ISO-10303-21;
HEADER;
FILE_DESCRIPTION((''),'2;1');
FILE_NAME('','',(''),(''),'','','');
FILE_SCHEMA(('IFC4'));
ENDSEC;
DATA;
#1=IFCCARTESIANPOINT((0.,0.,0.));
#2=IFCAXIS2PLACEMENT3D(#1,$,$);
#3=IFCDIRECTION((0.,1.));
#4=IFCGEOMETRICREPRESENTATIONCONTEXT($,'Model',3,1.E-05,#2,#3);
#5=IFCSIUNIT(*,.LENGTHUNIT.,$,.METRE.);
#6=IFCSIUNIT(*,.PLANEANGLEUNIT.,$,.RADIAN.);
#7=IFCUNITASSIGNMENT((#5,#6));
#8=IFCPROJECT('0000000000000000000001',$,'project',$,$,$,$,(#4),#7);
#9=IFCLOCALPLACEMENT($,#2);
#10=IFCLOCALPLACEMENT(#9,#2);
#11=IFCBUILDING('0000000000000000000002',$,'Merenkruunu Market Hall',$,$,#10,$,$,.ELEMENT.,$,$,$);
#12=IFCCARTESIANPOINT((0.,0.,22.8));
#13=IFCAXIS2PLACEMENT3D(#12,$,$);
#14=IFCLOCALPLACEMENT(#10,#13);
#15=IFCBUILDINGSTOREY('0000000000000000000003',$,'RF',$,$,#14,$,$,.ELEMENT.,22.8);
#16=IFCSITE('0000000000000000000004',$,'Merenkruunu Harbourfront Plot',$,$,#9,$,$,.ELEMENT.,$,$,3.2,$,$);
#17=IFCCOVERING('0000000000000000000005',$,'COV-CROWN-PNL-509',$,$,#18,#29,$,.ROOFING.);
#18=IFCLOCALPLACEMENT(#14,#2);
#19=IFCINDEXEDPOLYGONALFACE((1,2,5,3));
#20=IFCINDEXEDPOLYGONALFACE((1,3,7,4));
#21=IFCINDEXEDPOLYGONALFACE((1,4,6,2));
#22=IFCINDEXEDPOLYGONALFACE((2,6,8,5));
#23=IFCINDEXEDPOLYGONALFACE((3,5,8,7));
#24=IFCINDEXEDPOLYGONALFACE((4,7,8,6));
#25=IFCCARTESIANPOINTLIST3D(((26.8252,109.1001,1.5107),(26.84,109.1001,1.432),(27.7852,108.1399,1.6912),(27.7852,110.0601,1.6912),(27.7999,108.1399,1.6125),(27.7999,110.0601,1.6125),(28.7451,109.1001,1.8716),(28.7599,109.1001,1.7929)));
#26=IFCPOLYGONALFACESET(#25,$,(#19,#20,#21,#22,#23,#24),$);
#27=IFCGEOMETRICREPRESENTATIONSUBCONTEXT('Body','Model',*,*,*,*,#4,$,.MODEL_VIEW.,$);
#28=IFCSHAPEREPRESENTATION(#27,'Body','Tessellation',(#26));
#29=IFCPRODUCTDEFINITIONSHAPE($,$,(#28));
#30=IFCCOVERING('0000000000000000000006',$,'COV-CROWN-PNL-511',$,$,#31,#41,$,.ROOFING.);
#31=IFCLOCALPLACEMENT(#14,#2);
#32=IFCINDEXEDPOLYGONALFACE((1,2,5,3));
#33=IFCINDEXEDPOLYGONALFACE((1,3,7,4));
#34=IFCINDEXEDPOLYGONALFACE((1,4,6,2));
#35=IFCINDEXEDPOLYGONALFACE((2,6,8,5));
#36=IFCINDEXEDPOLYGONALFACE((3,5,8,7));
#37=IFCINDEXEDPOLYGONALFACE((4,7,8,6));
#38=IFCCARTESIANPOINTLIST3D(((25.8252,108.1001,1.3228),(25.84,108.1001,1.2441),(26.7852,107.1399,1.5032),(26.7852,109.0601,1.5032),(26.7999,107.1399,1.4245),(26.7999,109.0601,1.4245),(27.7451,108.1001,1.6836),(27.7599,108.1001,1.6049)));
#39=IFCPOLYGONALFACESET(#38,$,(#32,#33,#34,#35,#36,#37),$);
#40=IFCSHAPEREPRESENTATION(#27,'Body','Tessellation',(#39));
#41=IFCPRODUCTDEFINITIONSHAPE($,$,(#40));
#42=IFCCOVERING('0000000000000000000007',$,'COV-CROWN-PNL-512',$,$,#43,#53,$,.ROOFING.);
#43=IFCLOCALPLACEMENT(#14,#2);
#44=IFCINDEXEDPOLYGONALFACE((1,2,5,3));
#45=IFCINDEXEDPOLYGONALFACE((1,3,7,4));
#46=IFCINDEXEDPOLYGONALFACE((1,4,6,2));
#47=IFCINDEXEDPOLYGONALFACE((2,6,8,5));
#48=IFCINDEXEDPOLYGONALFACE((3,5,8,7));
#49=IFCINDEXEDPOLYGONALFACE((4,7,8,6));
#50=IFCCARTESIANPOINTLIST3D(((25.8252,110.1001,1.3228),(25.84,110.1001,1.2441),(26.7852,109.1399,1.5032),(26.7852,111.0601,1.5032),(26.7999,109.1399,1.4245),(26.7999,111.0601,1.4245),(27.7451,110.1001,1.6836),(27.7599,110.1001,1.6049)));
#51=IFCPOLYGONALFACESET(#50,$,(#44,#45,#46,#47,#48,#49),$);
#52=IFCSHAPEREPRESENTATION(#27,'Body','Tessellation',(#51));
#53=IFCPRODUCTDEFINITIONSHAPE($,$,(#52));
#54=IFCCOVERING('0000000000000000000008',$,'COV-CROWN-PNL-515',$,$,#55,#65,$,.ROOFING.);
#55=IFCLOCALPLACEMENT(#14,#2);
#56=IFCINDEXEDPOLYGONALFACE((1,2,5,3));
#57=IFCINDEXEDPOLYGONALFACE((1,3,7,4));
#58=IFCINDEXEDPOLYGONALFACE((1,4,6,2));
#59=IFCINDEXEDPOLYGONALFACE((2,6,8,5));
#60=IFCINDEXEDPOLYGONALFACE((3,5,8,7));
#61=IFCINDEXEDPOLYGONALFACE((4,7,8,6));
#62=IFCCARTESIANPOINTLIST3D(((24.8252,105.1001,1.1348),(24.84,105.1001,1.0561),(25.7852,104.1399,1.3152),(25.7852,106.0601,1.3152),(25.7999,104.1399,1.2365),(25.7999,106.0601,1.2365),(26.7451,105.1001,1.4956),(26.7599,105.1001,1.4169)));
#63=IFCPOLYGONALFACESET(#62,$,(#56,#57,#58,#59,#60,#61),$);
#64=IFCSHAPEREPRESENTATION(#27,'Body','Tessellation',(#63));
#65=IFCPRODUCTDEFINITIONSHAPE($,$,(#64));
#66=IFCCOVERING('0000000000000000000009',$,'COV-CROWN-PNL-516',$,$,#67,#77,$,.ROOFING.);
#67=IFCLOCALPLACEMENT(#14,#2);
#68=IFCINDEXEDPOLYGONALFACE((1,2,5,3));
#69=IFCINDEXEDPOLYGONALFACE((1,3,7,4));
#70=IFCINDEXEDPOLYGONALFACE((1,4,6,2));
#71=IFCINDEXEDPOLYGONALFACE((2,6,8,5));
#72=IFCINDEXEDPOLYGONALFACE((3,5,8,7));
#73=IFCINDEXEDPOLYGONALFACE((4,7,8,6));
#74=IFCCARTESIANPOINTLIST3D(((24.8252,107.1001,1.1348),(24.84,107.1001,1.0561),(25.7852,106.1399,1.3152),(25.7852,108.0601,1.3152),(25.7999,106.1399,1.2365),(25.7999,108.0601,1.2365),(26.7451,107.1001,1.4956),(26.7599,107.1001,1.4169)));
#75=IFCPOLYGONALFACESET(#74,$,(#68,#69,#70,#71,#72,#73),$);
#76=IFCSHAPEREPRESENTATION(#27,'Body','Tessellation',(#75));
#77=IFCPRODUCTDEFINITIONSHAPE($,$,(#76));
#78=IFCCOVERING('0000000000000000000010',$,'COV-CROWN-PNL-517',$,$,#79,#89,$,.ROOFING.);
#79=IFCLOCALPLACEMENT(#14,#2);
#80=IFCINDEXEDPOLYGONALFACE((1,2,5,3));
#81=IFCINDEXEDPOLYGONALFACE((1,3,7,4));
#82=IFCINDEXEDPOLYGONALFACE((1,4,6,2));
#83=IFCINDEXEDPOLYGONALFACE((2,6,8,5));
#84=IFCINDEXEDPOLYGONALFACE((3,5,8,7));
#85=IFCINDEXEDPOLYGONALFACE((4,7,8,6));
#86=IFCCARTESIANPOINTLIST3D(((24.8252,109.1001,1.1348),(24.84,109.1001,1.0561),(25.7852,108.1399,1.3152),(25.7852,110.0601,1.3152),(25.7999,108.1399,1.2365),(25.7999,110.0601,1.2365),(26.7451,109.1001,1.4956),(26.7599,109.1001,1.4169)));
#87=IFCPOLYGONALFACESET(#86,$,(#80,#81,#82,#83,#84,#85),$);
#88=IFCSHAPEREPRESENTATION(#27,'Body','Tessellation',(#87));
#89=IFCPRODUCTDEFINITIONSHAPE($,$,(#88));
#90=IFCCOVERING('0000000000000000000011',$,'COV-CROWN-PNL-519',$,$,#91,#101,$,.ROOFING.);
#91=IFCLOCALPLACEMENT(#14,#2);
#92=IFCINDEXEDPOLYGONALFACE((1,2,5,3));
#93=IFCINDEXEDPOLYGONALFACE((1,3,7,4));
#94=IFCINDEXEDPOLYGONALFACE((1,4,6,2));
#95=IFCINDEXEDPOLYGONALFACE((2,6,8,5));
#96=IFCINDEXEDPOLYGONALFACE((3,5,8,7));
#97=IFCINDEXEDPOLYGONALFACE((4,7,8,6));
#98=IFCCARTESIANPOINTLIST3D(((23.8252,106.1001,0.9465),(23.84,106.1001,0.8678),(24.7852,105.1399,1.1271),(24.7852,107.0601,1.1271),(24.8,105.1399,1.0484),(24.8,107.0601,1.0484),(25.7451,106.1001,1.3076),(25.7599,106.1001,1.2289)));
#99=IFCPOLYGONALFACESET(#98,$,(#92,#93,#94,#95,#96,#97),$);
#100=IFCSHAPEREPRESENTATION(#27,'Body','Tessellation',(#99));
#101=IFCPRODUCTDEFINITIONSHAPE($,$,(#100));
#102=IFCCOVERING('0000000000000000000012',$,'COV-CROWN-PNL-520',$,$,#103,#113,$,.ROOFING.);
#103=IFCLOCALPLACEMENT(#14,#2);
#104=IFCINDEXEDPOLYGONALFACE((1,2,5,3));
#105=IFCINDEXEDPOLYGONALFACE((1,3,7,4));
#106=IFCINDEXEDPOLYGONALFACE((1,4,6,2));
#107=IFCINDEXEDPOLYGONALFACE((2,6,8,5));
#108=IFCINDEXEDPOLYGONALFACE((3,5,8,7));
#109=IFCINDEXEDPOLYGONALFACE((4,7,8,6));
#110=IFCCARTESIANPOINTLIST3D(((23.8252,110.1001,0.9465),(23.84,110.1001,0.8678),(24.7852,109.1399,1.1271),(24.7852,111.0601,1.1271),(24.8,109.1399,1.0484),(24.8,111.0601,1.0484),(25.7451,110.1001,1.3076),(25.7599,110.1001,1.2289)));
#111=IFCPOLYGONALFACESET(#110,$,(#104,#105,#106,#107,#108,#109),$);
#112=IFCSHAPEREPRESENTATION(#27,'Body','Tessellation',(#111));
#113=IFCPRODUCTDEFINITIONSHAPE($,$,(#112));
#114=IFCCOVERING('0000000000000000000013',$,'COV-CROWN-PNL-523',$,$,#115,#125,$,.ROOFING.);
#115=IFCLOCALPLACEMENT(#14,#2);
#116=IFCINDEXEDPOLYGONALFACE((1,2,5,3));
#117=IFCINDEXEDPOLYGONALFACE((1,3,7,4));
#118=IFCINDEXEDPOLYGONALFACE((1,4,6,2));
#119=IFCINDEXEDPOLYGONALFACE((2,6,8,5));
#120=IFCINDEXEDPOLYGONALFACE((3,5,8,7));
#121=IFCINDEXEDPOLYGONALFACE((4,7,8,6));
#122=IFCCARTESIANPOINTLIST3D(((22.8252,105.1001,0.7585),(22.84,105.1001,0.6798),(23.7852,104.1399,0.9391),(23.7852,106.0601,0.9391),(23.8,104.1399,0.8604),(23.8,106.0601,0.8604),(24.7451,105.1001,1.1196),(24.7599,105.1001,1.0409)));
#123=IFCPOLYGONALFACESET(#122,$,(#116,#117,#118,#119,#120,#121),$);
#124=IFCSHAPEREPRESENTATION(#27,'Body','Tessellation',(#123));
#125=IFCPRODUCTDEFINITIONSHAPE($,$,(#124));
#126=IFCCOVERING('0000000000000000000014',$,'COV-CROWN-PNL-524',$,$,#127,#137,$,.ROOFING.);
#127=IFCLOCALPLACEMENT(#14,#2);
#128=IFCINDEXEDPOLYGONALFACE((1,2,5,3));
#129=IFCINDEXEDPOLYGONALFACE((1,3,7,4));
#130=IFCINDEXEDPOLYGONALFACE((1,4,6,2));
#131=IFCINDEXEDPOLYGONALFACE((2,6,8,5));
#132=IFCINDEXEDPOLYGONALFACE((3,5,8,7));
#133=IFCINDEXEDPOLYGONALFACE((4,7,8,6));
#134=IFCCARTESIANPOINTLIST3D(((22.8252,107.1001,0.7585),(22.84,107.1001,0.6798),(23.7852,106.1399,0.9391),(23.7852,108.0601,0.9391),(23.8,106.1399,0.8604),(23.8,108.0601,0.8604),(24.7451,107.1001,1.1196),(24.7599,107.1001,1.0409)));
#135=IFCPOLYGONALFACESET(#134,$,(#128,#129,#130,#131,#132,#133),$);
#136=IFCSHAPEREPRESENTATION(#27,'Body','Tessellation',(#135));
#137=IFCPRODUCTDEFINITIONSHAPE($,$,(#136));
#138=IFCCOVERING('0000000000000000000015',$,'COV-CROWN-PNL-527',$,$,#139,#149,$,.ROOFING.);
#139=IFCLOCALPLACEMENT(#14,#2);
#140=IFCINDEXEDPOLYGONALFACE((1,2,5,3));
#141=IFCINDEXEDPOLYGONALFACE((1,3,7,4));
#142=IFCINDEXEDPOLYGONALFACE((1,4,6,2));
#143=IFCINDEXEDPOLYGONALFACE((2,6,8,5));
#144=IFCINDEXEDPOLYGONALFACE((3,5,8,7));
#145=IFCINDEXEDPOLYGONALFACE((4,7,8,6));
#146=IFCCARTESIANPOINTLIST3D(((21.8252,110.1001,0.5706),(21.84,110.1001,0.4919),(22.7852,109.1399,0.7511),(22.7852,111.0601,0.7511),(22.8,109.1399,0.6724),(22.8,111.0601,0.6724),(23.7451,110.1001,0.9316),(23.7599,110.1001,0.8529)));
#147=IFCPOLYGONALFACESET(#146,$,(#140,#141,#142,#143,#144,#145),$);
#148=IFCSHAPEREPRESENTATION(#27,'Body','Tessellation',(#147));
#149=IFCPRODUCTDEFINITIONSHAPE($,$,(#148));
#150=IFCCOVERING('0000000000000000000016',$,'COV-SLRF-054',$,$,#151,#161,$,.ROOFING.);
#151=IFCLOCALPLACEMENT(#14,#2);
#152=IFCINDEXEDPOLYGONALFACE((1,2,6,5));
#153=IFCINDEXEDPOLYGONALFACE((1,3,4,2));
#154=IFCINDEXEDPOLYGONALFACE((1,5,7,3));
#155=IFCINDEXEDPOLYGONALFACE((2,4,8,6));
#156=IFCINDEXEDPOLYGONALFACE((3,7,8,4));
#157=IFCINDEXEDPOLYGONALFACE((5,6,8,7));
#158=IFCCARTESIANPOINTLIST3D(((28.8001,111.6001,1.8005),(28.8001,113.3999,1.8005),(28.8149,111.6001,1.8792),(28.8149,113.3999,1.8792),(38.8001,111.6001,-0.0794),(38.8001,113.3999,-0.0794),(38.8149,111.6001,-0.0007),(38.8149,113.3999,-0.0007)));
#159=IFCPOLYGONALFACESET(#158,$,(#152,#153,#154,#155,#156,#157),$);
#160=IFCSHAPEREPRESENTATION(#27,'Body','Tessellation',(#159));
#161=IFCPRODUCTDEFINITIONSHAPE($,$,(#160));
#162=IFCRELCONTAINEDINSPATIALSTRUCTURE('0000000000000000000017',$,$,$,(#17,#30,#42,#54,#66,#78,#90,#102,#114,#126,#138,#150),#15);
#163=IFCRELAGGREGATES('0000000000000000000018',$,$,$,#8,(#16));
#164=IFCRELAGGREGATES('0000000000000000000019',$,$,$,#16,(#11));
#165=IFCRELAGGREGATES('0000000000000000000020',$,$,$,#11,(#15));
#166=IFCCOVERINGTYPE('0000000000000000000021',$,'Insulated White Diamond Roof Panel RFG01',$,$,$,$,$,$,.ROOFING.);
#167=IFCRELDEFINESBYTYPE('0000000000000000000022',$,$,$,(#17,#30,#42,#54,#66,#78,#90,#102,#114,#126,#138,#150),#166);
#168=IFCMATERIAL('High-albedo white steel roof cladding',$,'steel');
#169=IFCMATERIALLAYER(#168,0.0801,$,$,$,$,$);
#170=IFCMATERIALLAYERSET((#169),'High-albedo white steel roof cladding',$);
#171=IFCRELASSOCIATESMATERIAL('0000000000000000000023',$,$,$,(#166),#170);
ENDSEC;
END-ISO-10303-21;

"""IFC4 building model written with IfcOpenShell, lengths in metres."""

from ifc_helpers import new_model, si_unit, direction, frame, origin, place, context, subcontext, project, spatial, polyline, outline, extrude, material, layer, layer_set, type_object, element, save


model = new_model("IFC4")

# Units and contexts
model_context = context("Model", 3, precision=1e-05, world=origin(), true_north=direction((0.0, 1.0)))
body_context = subcontext(model_context, "Body", "Model", "MODEL_VIEW")
ifc_project = project(units=[si_unit("LENGTHUNIT", "METRE"), si_unit("PLANEANGLEUNIT", "RADIAN")], contexts=[model_context])

# Site, building, storey
site_placement = place(None, origin())
site = spatial("IfcSite", under=ifc_project, at=site_placement, Name="Merenkruunu Harbourfront Plot", CompositionType="ELEMENT", RefElevation=3.2)
building_placement = place(site_placement, origin())
building = spatial("IfcBuilding", under=site, at=building_placement, Name="Merenkruunu Market Hall", CompositionType="ELEMENT")
storey_placement = place(building_placement, frame((0.0, 0.0, 22.8)))
storey = spatial("IfcBuildingStorey", under=building, at=storey_placement, Name="RF", CompositionType="ELEMENT", Elevation=22.8)

# Coverings
ifc_material_1 = material(Name="High-albedo white steel roof cladding", Category="steel")
ifc_layer_1 = layer(ifc_material_1, 0.0801)
ifc_layer_set_1 = layer_set([ifc_layer_1], Name="High-albedo white steel roof cladding")
covering_type = type_object("IfcCoveringType", Name="Insulated White Diamond Roof Panel RFG01", PredefinedType="ROOFING", material=ifc_layer_set_1)
for number, where, z_axis, x_axis, name in (
    (1, (26.8252, 109.1001, 1.5107), (-0.184711, 0.0, 0.982793), (0.700856, -0.701035, 0.131722), "COV-CROWN-PNL-509"),
    (2, (25.8252, 108.1001, 1.3228), (-0.184711, 0.0, 0.982793), (0.700856, -0.701035, 0.131722), "COV-CROWN-PNL-511"),
    (3, (25.8252, 110.1001, 1.3228), (-0.184711, 0.0, 0.982793), (0.700856, -0.701035, 0.131722), "COV-CROWN-PNL-512"),
    (4, (24.8252, 105.1001, 1.1348), (-0.184711, 0.0, 0.982793), (0.700856, -0.701035, 0.131722), "COV-CROWN-PNL-515"),
    (5, (24.8252, 107.1001, 1.1348), (-0.184711, 0.0, 0.982793), (0.700856, -0.701035, 0.131722), "COV-CROWN-PNL-516"),
    (6, (24.8252, 109.1001, 1.1348), (-0.184711, 0.0, 0.982793), (0.700856, -0.701035, 0.131722), "COV-CROWN-PNL-517"),
):
    element("IfcCovering", number, at=place(storey_placement, frame(where, z_axis=z_axis, x_axis=x_axis)), inside=storey, type_object=covering_type, Name=name, PredefinedType="ROOFING", context=body_context, shape_type="SweptSolid", body=[
        extrude(outline(polyline([(0.0, 0.0), (1.3697, 0.0), (1.3931, 1.3695), (0.0236, 1.3693), (0.0, 0.0)])), origin(), (0.0, 0.0, -1.0), 0.0801),
    ])
for number, where, z_axis, x_axis, name in (
    (7, (23.8252, 106.1001, 0.9465), (-0.184832, 0.0, 0.98277), (0.700856, -0.701018, 0.131812), "COV-CROWN-PNL-519"),
    (8, (23.8252, 110.1001, 0.9465), (-0.184832, 0.0, 0.98277), (0.700856, -0.701018, 0.131812), "COV-CROWN-PNL-520"),
    (9, (22.8252, 105.1001, 0.7585), (-0.184832, 0.0, 0.98277), (0.700856, -0.701018, 0.131812), "COV-CROWN-PNL-523"),
    (10, (22.8252, 107.1001, 0.7585), (-0.184832, 0.0, 0.98277), (0.700856, -0.701018, 0.131812), "COV-CROWN-PNL-524"),
    (11, (21.8252, 110.1001, 0.5706), (-0.184832, 0.0, 0.98277), (0.700856, -0.701018, 0.131812), "COV-CROWN-PNL-527"),
):
    element("IfcCovering", number, at=place(storey_placement, frame(where, z_axis=z_axis, x_axis=x_axis)), inside=storey, type_object=covering_type, Name=name, PredefinedType="ROOFING", context=body_context, shape_type="SweptSolid", body=[
        extrude(outline(polyline([(0.0, 0.0), (1.3697, 0.0), (1.3932, 1.3695), (0.0237, 1.3694), (0.0, 0.0)])), origin(), (0.0, 0.0, -1.0), 0.0801),
    ])
covering_placement = place(storey_placement, frame((28.8149, 111.6001, 1.8792), z_axis=(0.184752, 0.0, 0.982785), x_axis=(0.982785, 0.0, -0.184752)))
element("IfcCovering", 12, at=covering_placement, inside=storey, type_object=covering_type, Name="COV-SLRF-054", PredefinedType="ROOFING", context=body_context, shape_type="SweptSolid", body=[
    extrude(outline(polyline([(0.0, 0.0), (10.1752, 0.0), (10.1752, 1.7998), (0.0, 1.7998), (0.0, 0.0)])), origin(), (0.0, 0.0, -1.0), 0.0801),
])

save(model, "model.ifc")
